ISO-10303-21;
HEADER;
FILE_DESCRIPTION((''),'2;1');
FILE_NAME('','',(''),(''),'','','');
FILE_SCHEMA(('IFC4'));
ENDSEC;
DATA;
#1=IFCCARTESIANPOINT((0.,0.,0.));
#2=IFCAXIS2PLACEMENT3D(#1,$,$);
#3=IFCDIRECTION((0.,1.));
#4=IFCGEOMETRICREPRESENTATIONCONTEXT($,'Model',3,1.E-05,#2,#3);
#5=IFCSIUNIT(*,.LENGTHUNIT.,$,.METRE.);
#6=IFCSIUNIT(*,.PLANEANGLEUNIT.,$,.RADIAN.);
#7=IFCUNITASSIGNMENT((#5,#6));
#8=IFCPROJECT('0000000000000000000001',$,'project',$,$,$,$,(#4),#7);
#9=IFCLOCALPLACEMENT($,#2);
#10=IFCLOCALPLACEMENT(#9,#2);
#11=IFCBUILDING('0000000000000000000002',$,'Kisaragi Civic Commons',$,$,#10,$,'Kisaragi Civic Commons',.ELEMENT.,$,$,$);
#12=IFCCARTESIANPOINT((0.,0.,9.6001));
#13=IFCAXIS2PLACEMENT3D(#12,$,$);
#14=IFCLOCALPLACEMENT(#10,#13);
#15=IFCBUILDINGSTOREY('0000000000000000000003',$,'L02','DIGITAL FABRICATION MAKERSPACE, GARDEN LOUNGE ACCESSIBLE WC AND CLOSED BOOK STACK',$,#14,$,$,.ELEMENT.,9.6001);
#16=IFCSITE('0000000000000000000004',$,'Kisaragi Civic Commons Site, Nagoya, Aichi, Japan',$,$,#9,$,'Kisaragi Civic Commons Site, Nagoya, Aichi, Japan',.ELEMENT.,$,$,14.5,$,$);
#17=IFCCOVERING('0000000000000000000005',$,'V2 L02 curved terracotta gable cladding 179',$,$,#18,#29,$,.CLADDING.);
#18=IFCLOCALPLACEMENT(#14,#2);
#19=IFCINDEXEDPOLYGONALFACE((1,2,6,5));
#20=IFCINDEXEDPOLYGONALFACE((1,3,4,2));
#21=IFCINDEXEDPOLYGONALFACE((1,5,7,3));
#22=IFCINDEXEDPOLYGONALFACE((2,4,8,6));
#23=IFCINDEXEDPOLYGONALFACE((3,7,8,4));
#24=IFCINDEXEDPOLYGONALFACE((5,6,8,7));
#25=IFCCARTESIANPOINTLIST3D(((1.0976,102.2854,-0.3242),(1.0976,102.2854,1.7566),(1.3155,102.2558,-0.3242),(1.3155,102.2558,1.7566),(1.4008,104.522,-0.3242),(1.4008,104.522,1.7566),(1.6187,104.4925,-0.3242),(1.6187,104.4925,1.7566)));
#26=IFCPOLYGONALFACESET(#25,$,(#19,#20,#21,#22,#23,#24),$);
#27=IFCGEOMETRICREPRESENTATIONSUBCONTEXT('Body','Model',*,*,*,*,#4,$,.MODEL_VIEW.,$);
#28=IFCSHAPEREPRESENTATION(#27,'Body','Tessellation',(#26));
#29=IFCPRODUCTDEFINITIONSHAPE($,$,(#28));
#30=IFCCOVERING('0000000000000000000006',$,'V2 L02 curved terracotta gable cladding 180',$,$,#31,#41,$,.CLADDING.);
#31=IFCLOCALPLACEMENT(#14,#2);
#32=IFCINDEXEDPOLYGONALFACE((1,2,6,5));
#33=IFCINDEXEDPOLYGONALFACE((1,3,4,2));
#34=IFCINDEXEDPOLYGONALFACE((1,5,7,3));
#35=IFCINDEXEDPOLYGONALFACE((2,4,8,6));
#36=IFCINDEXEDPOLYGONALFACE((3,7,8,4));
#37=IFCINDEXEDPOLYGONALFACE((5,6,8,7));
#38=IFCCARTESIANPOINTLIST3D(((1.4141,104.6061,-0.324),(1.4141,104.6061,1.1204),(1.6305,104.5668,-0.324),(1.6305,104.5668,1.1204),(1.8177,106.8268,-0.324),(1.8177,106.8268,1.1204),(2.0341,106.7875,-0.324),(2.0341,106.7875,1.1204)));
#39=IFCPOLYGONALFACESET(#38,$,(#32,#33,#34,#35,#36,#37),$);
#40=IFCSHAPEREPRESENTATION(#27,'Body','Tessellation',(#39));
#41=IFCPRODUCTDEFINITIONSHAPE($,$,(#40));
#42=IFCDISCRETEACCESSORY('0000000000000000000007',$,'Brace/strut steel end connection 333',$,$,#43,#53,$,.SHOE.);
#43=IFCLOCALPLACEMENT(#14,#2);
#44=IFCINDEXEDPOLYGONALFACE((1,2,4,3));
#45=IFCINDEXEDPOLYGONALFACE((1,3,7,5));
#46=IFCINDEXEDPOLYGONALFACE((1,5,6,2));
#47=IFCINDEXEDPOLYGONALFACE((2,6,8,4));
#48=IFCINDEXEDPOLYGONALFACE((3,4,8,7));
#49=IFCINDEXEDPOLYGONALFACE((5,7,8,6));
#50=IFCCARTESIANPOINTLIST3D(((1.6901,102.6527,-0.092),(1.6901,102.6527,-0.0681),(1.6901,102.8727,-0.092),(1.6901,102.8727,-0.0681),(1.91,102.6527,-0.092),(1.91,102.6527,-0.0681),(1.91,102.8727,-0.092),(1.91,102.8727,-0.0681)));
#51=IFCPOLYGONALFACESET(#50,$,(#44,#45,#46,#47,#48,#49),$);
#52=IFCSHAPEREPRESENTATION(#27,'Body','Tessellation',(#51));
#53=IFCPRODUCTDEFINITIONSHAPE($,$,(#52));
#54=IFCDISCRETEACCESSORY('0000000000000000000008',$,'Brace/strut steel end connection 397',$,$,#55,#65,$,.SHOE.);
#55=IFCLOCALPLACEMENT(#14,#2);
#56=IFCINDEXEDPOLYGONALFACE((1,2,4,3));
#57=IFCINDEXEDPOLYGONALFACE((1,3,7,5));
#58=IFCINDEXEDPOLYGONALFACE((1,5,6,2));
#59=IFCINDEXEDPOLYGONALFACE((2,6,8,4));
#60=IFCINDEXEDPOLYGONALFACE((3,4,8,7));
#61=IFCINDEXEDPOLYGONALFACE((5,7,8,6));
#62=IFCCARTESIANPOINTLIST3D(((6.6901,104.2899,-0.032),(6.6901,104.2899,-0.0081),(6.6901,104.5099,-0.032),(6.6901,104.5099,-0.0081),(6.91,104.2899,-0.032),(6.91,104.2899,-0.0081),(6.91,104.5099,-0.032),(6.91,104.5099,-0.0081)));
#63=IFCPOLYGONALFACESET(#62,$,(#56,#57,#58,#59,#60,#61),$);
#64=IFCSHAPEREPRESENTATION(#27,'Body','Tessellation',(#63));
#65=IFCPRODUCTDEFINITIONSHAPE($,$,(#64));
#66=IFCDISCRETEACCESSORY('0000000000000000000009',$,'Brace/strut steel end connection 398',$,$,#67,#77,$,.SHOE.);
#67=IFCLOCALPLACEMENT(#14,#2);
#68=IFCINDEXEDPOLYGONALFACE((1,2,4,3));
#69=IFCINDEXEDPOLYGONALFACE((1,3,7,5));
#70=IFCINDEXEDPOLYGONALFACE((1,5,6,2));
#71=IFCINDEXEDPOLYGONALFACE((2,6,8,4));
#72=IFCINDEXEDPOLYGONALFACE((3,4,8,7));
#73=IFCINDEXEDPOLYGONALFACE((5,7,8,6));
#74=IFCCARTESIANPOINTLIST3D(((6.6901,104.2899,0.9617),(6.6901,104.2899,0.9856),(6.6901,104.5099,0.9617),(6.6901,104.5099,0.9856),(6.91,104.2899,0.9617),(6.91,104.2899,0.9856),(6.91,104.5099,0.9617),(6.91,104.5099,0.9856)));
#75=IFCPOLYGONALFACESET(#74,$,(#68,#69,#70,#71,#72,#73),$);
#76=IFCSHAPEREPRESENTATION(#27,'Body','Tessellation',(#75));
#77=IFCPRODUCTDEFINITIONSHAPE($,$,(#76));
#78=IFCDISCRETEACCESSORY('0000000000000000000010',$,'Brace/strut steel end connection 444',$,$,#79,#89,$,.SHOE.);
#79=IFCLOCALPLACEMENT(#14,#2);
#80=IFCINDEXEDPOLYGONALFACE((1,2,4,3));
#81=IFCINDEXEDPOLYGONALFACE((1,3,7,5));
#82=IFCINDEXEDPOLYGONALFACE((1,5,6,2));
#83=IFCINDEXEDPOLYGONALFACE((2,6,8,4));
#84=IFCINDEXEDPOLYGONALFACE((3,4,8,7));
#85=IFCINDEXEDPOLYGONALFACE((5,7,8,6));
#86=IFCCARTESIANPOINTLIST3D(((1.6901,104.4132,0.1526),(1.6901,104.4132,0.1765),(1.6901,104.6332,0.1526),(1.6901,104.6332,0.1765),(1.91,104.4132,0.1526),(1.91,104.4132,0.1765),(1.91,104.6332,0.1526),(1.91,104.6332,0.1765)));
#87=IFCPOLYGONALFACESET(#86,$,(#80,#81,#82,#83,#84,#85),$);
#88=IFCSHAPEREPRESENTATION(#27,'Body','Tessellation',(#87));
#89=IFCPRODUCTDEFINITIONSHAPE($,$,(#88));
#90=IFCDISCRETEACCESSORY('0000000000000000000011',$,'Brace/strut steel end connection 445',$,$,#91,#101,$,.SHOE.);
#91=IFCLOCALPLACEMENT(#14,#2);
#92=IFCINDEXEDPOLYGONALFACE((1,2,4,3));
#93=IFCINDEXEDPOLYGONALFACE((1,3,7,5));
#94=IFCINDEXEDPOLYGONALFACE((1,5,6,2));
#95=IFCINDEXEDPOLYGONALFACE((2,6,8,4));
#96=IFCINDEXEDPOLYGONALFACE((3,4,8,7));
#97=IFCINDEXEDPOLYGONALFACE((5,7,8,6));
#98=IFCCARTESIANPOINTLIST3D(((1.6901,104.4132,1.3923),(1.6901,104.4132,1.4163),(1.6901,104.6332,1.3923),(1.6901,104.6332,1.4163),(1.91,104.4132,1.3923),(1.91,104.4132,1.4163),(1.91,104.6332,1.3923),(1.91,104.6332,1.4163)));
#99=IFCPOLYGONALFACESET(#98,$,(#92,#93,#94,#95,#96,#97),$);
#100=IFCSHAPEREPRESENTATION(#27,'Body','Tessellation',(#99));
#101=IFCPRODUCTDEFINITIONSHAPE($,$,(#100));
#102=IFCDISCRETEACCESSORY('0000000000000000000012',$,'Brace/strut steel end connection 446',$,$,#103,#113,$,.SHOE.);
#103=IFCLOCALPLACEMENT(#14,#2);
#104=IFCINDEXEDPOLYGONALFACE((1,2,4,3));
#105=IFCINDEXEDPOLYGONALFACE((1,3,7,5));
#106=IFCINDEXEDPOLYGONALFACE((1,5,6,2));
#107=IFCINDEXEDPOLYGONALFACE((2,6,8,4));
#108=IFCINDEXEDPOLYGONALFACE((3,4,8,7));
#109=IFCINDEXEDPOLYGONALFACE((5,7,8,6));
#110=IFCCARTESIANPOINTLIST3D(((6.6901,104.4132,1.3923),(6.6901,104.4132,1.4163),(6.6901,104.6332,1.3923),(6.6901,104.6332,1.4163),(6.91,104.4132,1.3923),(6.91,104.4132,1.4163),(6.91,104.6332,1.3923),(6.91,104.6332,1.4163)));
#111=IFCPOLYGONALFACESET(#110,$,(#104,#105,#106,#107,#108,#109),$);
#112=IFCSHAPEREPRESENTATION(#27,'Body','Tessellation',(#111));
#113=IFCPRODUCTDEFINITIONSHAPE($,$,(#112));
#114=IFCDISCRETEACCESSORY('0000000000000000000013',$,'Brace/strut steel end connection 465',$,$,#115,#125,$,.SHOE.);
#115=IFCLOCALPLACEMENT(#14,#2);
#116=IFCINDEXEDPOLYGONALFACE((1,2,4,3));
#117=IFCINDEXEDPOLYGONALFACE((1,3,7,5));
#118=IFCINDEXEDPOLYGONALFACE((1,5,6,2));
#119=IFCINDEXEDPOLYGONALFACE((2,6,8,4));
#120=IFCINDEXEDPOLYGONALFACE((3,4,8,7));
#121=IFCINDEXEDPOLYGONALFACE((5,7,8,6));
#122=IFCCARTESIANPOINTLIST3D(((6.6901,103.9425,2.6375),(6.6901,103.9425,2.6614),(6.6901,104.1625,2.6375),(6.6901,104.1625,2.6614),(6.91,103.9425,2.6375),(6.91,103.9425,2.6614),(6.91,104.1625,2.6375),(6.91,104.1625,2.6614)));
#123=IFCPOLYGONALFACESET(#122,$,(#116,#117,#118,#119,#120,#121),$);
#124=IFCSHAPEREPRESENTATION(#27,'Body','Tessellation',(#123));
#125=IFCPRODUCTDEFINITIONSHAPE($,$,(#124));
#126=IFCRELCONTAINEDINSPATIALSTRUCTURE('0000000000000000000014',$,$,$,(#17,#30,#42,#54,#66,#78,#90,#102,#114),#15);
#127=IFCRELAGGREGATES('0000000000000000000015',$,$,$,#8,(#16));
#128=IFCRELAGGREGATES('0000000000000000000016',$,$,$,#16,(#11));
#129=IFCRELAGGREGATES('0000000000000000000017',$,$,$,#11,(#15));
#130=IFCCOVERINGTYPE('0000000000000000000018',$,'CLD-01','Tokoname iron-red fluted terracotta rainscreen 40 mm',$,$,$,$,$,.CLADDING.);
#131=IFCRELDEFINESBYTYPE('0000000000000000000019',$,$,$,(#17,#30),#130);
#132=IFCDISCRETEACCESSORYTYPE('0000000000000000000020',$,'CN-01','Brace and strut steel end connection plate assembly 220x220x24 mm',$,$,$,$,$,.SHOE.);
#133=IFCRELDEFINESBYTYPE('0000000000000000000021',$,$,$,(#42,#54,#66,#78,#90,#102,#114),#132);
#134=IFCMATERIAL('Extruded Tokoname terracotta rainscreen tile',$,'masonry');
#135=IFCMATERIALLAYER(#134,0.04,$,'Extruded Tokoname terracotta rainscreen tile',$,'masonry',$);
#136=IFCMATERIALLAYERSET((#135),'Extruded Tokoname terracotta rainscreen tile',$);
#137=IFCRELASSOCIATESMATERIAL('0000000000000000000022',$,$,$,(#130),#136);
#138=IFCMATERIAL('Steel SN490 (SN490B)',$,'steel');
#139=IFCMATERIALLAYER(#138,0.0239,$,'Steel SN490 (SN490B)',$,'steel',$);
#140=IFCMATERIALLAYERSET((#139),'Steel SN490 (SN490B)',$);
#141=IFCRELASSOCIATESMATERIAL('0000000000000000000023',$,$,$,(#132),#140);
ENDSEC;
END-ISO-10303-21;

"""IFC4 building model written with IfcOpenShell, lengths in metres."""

from ifc_helpers import new_model, si_unit, direction, frame, origin, origin_2d, place, context, subcontext, project, spatial, rectangle, extrude, material, layer, layer_set, type_object, element, save


model = new_model("IFC4")

# Units and contexts
model_context = context("Model", 3, precision=1e-05, world=origin(), true_north=direction((0.0, 1.0)))
body_context = subcontext(model_context, "Body", "Model", "MODEL_VIEW")
ifc_project = project(units=[si_unit("LENGTHUNIT", "METRE"), si_unit("PLANEANGLEUNIT", "RADIAN")], contexts=[model_context])

# Site, building, storey
site_placement = place(None, origin())
site = spatial("IfcSite", under=ifc_project, at=site_placement, Name="Kisaragi Civic Commons Site, Nagoya, Aichi, Japan", LongName="Kisaragi Civic Commons Site, Nagoya, Aichi, Japan", CompositionType="ELEMENT", RefElevation=14.5)
building_placement = place(site_placement, origin())
building = spatial("IfcBuilding", under=site, at=building_placement, Name="Kisaragi Civic Commons", LongName="Kisaragi Civic Commons", CompositionType="ELEMENT")
storey_placement = place(building_placement, frame((0.0, 0.0, 9.6001)))
storey = spatial("IfcBuildingStorey", under=building, at=storey_placement, Name="L02", Description="DIGITAL FABRICATION MAKERSPACE, GARDEN LOUNGE ACCESSIBLE WC AND CLOSED BOOK STACK", CompositionType="ELEMENT", Elevation=9.6001)

# Shared definitions
ifc_material_1 = material(Name="Steel SN490 (SN490B)", Category="steel")

# Coverings
ifc_material_2 = material(Name="Extruded Tokoname terracotta rainscreen tile", Category="masonry")
ifc_layer_1 = layer(ifc_material_2, 0.04, Name="Extruded Tokoname terracotta rainscreen tile", Category="masonry")
ifc_layer_set_1 = layer_set([ifc_layer_1], Name="Extruded Tokoname terracotta rainscreen tile")
covering_type = type_object("IfcCoveringType", Name="CLD-01", Description="Tokoname iron-red fluted terracotta rainscreen 40 mm", PredefinedType="CLADDING", material=ifc_layer_set_1)
covering_1_placement = place(storey_placement, frame((1.3582, 103.3889, -0.3242), z_axis=(0.0, 0.0, 1.0), x_axis=(0.134332, 0.990936, 0.0)))
element("IfcCovering", 1, at=covering_1_placement, inside=storey, type_object=covering_type, Name="V2 L02 curved terracotta gable cladding 179", PredefinedType="CLADDING", context=body_context, shape_type="SweptSolid", body=[
    extrude(rectangle(XDim=2.2571, YDim=0.22, at=origin_2d()), origin(), (0.0, 0.0, 1.0), 2.0808),
])
covering_2_placement = place(storey_placement, frame((1.7241, 105.6968, -0.324), z_axis=(0.0, 0.0, 1.0), x_axis=(0.178802, 0.983885, 0.0)))
element("IfcCovering", 2, at=covering_2_placement, inside=storey, type_object=covering_type, Name="V2 L02 curved terracotta gable cladding 180", PredefinedType="CLADDING", context=body_context, shape_type="SweptSolid", body=[
    extrude(rectangle(XDim=2.2571, YDim=0.22, at=origin_2d()), origin(), (0.0, 0.0, 1.0), 1.4443),
])

# Discrete accessories
ifc_layer_2 = layer(ifc_material_1, 0.0239, Name="Steel SN490 (SN490B)", Category="steel")
ifc_layer_set_2 = layer_set([ifc_layer_2], Name="Steel SN490 (SN490B)")
discrete_accessory_type = type_object("IfcDiscreteAccessoryType", Name="CN-01", Description="Brace and strut steel end connection plate assembly 220x220x24 mm", PredefinedType="SHOE", material=ifc_layer_set_2)
for number, where, z_axis, x_axis, name in (
    (3, (1.8, 102.7627, -0.092), (0.0, 0.0, 1.0), (1.0, 0.0, 0.0), "Brace/strut steel end connection 333"),
    (4, (6.8, 104.3999, -0.032), (0.0, 0.0, 1.0), (1.0, 0.0, 0.0), "Brace/strut steel end connection 397"),
    (5, (6.8, 104.3999, 0.9617), (0.0, 0.0, 1.0), (1.0, 0.0, 0.0), "Brace/strut steel end connection 398"),
    (6, (1.8, 104.5232, 0.1526), (0.0, 0.0, 1.0), (1.0, 0.0, 0.0), "Brace/strut steel end connection 444"),
    (7, (1.8, 104.5232, 1.3923), (0.0, 0.0, 1.0), (1.0, 0.0, 0.0), "Brace/strut steel end connection 445"),
    (8, (6.8, 104.5232, 1.3923), (0.0, 0.0, 1.0), (1.0, 0.0, 0.0), "Brace/strut steel end connection 446"),
    (9, (6.8, 104.0525, 2.6375), (0.0, 0.0, 1.0), (1.0, 0.0, 0.0), "Brace/strut steel end connection 465"),
):
    element("IfcDiscreteAccessory", number, at=place(storey_placement, frame(where, z_axis=z_axis, x_axis=x_axis)), inside=storey, type_object=discrete_accessory_type, Name=name, PredefinedType="SHOE", context=body_context, shape_type="SweptSolid", body=[
        extrude(rectangle(XDim=0.22, YDim=0.22, at=origin_2d()), origin(), (0.0, 0.0, 1.0), 0.0239),
    ])

save(model, "model.ifc")
